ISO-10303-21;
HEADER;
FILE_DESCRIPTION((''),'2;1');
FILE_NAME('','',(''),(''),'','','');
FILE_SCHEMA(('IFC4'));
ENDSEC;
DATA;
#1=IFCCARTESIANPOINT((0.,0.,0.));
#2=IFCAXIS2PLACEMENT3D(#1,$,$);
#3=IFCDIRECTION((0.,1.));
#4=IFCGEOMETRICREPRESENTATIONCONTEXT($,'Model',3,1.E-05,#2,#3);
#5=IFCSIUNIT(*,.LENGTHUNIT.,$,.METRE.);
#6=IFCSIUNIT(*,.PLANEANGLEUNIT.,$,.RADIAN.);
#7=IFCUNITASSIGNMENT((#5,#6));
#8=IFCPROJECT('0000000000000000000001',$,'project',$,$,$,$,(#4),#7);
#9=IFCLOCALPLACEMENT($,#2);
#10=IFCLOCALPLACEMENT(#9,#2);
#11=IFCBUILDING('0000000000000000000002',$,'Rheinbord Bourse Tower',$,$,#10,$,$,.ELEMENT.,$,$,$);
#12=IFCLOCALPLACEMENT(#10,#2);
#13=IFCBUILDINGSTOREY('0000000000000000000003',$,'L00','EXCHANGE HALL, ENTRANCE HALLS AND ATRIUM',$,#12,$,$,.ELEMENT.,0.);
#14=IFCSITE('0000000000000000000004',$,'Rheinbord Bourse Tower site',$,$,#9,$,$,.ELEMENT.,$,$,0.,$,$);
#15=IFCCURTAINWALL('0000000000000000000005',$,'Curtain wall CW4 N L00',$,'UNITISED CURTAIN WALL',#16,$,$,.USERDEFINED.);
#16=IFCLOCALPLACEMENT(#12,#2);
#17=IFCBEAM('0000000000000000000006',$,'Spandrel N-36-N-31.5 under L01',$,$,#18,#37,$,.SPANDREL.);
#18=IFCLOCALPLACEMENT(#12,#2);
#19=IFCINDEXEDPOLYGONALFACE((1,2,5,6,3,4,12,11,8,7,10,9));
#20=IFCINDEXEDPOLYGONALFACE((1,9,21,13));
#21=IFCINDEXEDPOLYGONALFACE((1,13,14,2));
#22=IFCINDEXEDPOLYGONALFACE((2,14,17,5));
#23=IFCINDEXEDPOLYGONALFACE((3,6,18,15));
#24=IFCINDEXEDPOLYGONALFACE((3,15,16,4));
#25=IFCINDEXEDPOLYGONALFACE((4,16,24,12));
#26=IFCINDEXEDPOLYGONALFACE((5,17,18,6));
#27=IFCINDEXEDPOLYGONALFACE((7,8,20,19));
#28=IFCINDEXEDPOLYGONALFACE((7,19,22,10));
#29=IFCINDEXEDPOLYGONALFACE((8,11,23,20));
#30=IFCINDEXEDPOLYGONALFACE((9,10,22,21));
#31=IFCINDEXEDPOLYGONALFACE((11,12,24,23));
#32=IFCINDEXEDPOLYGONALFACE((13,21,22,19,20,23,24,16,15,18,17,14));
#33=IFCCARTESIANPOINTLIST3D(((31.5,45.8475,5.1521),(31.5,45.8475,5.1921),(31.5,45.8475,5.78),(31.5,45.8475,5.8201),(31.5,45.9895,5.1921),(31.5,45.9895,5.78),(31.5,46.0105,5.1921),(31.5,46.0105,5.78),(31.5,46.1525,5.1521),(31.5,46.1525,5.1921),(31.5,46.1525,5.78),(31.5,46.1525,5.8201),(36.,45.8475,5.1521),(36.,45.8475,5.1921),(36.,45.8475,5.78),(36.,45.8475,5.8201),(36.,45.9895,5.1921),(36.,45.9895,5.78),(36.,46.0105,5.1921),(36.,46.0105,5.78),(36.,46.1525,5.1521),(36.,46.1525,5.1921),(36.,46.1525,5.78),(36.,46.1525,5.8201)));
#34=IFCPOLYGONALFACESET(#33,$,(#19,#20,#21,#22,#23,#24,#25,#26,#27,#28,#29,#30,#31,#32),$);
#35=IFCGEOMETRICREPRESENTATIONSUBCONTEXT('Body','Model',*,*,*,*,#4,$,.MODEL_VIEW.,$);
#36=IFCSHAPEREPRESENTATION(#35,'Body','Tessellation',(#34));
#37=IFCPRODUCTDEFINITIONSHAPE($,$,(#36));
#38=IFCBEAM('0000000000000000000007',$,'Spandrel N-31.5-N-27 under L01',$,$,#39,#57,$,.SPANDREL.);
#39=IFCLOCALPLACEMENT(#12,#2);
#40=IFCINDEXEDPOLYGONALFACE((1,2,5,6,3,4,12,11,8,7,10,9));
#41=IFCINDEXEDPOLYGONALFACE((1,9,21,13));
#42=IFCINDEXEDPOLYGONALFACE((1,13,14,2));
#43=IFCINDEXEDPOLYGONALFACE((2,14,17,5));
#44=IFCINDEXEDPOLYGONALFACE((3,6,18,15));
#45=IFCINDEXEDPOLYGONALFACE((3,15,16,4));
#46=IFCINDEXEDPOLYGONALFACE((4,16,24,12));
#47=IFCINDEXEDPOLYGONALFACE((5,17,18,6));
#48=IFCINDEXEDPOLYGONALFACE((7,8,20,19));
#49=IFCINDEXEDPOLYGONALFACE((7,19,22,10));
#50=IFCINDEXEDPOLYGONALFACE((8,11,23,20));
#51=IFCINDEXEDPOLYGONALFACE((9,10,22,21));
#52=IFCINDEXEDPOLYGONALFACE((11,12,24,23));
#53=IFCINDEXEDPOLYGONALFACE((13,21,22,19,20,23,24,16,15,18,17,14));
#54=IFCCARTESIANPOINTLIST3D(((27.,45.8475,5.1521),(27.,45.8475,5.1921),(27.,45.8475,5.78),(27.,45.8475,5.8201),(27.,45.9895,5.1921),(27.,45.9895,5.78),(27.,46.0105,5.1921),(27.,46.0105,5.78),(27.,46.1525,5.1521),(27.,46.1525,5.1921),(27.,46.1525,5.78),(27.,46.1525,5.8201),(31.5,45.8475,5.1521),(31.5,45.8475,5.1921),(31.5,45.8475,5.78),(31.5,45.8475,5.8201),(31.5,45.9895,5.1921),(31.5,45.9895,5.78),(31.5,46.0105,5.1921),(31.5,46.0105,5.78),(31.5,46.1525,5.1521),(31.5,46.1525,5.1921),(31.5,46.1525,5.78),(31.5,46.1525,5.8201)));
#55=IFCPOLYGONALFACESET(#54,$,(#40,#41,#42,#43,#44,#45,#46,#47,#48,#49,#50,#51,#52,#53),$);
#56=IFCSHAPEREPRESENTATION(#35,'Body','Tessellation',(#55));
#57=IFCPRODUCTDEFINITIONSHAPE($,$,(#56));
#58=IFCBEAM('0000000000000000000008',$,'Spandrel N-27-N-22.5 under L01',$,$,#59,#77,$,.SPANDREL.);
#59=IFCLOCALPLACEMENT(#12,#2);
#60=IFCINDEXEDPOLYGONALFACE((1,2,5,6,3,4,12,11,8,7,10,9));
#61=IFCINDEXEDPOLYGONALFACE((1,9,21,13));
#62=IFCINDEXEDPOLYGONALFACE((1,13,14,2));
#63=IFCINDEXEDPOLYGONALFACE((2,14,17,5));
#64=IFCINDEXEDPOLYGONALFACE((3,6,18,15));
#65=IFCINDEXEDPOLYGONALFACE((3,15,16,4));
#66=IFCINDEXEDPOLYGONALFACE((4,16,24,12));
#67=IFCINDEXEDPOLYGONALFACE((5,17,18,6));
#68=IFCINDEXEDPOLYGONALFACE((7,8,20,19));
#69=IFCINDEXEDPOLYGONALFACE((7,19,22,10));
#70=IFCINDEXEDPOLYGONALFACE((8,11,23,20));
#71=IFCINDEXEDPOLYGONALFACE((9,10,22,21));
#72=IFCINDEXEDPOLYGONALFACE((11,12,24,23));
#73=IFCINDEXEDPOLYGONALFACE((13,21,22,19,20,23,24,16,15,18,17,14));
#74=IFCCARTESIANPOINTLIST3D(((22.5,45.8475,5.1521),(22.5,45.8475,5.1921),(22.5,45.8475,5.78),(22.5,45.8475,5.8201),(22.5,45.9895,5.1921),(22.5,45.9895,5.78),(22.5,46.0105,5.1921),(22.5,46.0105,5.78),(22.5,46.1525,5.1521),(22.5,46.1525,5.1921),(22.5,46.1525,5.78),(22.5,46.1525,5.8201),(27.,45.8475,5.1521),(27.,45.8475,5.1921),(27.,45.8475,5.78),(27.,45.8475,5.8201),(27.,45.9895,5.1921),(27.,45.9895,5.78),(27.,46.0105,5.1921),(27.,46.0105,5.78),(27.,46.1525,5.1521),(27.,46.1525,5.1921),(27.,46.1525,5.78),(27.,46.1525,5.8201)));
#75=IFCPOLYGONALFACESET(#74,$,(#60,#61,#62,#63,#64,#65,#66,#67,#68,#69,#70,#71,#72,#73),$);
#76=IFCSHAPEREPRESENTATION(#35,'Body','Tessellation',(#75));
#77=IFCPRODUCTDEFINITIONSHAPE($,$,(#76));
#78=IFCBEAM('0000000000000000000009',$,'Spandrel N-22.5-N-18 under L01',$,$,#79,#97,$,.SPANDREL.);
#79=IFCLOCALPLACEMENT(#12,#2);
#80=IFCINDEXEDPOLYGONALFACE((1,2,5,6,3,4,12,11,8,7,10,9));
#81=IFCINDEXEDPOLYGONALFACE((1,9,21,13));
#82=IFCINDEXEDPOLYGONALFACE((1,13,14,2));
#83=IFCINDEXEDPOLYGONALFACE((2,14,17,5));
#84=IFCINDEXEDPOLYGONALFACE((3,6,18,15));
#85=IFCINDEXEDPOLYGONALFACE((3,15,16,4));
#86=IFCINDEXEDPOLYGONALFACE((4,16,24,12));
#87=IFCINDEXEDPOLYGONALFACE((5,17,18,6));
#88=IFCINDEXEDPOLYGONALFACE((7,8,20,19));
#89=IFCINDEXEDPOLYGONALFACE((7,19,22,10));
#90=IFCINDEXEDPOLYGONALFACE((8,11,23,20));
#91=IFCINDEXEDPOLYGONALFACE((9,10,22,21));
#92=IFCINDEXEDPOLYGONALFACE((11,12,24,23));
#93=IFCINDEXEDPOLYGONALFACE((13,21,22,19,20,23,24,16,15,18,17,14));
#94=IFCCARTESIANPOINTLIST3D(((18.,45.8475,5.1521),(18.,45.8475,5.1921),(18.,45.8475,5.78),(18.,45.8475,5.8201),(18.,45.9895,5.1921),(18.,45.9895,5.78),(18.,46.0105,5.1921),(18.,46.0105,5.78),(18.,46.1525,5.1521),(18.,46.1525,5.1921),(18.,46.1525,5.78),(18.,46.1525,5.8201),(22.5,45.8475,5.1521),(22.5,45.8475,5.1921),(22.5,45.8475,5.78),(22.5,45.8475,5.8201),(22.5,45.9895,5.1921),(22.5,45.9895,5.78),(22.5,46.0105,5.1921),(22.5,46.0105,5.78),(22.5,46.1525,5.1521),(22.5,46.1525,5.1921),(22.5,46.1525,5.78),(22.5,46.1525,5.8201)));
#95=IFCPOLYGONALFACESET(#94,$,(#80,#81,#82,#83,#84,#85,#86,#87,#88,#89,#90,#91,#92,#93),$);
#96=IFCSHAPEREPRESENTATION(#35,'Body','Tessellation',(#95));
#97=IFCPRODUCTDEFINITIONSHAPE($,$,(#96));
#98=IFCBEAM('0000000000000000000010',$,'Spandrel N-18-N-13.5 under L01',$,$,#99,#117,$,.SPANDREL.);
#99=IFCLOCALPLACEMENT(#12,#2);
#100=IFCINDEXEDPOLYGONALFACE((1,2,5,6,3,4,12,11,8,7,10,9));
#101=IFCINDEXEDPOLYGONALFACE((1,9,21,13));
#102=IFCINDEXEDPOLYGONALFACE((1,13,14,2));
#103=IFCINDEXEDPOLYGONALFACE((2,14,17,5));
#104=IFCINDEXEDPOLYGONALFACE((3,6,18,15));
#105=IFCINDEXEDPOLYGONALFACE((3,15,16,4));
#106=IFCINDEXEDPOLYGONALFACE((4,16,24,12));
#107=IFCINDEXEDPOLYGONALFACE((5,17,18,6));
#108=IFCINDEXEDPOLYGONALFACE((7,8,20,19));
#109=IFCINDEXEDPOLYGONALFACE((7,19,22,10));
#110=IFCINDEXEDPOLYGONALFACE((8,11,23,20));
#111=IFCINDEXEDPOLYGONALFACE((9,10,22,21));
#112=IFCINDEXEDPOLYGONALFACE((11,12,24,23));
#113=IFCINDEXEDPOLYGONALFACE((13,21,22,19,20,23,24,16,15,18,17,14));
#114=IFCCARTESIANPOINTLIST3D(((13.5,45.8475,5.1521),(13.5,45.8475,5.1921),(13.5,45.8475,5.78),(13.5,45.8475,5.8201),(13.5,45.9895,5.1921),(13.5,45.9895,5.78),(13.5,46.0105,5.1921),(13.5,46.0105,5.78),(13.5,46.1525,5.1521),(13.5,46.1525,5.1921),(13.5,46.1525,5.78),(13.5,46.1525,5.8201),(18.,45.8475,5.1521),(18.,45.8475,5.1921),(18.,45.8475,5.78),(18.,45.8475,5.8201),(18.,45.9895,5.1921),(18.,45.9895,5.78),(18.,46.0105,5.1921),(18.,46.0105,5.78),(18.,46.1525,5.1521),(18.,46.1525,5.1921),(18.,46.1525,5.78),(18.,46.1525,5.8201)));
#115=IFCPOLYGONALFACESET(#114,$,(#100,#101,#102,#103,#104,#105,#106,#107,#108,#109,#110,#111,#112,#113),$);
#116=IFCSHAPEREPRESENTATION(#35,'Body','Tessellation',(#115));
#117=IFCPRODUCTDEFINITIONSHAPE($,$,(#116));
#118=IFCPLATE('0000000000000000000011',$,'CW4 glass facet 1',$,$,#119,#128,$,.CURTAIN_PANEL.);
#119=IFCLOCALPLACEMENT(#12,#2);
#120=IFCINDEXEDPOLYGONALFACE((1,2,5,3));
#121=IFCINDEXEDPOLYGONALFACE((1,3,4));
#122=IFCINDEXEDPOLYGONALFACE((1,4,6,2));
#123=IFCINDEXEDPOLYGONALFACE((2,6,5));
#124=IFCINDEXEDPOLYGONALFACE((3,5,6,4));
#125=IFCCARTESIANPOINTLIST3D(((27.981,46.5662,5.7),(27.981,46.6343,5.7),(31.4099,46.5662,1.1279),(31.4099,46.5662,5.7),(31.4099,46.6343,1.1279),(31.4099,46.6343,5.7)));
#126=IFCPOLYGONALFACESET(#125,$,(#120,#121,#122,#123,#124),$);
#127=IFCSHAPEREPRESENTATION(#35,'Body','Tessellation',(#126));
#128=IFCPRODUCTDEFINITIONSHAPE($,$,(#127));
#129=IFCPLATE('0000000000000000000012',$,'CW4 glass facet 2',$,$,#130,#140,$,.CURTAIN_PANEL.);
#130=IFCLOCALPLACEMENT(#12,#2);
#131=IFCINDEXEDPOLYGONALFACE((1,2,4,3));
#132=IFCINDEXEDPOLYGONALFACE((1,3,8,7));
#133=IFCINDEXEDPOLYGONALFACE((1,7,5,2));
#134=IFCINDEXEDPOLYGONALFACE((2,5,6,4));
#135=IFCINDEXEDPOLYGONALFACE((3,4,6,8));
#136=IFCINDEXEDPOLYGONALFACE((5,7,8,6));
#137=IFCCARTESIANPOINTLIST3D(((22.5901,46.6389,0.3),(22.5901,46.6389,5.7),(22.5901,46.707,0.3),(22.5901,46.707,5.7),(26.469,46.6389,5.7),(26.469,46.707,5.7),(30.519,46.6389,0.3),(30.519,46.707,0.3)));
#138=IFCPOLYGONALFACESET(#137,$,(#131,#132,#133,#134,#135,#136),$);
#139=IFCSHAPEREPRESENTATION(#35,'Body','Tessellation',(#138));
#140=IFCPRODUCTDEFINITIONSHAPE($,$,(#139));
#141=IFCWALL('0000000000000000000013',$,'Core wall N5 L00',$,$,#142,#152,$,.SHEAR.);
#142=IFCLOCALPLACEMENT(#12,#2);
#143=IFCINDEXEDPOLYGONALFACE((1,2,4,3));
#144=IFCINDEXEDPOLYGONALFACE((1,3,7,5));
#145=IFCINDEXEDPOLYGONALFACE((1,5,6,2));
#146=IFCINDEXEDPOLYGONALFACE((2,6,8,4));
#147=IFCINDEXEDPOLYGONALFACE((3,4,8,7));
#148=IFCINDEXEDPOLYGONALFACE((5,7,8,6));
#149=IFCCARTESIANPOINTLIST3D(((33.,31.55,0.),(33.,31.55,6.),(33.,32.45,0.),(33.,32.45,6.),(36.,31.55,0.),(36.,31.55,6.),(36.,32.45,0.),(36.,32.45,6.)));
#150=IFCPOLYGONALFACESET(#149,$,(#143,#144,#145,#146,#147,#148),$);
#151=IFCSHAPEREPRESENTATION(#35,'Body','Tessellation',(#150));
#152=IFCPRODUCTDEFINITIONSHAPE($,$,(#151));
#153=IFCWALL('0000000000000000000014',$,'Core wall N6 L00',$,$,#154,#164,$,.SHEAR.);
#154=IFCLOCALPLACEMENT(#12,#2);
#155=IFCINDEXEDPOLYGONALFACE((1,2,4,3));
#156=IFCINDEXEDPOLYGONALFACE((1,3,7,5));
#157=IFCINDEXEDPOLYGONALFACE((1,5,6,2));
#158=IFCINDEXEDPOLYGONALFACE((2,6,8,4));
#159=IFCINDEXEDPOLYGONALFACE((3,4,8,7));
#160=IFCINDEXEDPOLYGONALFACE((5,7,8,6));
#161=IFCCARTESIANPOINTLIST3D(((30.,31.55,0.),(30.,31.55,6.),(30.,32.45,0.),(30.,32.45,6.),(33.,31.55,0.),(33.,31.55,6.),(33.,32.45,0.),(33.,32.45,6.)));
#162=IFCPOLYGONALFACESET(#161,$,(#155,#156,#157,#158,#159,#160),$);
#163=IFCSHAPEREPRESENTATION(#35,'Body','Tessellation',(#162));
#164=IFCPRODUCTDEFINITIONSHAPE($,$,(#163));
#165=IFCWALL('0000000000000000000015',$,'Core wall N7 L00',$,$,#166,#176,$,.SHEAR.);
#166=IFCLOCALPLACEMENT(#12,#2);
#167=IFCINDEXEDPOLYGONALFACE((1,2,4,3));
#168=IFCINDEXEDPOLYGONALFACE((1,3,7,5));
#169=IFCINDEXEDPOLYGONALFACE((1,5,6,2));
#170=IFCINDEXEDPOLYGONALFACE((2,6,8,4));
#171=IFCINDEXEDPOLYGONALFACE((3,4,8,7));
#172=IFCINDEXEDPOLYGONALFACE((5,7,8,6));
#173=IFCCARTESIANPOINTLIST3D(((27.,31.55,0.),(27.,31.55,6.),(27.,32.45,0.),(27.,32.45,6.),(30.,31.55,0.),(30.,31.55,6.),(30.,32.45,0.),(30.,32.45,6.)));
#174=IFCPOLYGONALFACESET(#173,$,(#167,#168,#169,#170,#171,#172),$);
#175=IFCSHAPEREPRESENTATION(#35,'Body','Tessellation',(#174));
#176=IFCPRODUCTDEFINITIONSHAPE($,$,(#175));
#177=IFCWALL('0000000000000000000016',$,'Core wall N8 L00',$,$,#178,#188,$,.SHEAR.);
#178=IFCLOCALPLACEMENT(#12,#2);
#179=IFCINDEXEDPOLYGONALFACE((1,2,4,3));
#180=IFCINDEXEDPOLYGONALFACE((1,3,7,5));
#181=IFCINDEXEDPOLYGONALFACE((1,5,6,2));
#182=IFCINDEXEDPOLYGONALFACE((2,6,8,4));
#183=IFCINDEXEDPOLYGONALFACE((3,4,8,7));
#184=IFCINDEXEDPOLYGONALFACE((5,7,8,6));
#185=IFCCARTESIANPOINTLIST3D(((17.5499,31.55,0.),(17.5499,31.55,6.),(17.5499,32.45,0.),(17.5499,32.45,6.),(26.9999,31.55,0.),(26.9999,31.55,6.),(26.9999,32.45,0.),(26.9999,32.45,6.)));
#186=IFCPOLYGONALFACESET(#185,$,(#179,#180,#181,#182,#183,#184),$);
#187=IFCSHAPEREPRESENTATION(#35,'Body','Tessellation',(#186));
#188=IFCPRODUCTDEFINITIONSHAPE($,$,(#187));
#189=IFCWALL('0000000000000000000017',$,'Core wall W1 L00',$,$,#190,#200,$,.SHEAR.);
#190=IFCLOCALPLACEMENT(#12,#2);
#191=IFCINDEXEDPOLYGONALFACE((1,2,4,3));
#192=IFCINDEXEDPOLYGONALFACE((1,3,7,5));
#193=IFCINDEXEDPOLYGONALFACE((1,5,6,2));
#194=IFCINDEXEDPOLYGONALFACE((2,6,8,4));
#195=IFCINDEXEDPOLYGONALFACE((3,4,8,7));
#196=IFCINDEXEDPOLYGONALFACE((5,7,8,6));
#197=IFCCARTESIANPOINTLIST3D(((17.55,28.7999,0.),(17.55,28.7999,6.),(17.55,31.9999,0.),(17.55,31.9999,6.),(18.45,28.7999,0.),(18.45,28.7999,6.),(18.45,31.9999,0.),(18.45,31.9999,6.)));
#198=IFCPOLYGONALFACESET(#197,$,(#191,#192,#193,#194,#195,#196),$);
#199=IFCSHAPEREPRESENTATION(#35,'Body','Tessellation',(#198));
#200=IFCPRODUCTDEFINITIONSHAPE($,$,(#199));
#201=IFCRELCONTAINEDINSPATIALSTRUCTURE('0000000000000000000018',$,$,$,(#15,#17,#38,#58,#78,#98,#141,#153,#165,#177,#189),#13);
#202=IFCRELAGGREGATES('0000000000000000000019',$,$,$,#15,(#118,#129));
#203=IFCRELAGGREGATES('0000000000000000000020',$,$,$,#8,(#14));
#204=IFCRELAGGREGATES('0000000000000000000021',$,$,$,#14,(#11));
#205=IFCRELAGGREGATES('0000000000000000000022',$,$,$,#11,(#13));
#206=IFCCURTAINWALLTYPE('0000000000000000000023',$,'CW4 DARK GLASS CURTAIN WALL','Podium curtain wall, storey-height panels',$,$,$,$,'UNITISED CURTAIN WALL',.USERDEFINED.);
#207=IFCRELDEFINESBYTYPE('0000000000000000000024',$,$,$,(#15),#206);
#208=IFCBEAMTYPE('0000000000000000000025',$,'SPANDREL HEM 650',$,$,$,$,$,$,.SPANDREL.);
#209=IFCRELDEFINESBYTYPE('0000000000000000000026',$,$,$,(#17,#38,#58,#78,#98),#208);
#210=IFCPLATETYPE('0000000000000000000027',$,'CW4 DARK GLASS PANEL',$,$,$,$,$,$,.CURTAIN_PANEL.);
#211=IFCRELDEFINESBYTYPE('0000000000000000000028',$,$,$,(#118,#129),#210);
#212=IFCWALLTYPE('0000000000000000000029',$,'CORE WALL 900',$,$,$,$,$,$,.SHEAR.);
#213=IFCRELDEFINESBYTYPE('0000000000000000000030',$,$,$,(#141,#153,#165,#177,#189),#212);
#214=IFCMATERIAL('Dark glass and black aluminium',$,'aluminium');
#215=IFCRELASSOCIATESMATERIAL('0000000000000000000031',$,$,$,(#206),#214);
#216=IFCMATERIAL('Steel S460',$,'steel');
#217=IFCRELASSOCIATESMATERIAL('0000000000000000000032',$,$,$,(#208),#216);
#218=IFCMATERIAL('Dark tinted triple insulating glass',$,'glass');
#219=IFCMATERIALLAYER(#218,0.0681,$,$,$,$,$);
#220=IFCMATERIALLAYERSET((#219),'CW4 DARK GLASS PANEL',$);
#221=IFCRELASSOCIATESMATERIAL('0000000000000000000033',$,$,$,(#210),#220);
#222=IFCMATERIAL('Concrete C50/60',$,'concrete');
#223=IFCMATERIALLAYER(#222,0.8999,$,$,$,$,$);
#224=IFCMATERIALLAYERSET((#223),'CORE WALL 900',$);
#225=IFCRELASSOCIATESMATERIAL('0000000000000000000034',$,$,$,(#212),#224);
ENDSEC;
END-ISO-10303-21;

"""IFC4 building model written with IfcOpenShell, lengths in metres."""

from ifc_helpers import new_model, si_unit, direction, frame, frame_2d, origin, origin_2d, place, context, subcontext, project, spatial, polyline, rectangle, i_section, outline, extrude, material, layer, layer_set, material_profile, profile_set, type_object, element, aggregate, save


model = new_model("IFC4")

# Units and contexts
model_context = context("Model", 3, precision=1e-05, world=origin(), true_north=direction((0.0, 1.0)))
body_context = subcontext(model_context, "Body", "Model", "MODEL_VIEW")
ifc_project = project(units=[si_unit("LENGTHUNIT", "METRE"), si_unit("PLANEANGLEUNIT", "RADIAN")], contexts=[model_context])

# Site, building, storey
site_placement = place(None, origin())
site = spatial("IfcSite", under=ifc_project, at=site_placement, Name="Rheinbord Bourse Tower site", CompositionType="ELEMENT", RefElevation=0.0)
building_placement = place(site_placement, origin())
building = spatial("IfcBuilding", under=site, at=building_placement, Name="Rheinbord Bourse Tower", CompositionType="ELEMENT")
storey_placement = place(building_placement, origin())
storey = spatial("IfcBuildingStorey", under=building, at=storey_placement, Name="L00", Description="EXCHANGE HALL, ENTRANCE HALLS AND ATRIUM", CompositionType="ELEMENT", Elevation=0.0)

# Curtain wall
ifc_material_1 = material(Name="Dark glass and black aluminium", Category="aluminium")
curtain_wall_type = type_object("IfcCurtainWallType", Name="CW4 DARK GLASS CURTAIN WALL", Description="Podium curtain wall, storey-height panels", ElementType="UNITISED CURTAIN WALL", PredefinedType="USERDEFINED", material=ifc_material_1)
curtain_wall_placement = place(storey_placement, origin())
curtain_wall = element("IfcCurtainWall", 1, at=curtain_wall_placement, inside=storey, type_object=curtain_wall_type, Name="Curtain wall CW4 N L00", ObjectType="UNITISED CURTAIN WALL", PredefinedType="USERDEFINED")

# Beams
ifc_material_2 = material(Name="Steel S460", Category="steel")
ifc_material_profile_1 = material_profile(ifc_material_2, i_section(OverallWidth=0.3049, OverallDepth=0.668, WebThickness=0.021, FlangeThickness=0.04, at=origin_2d()), Name="HEM 650")
ifc_profile_set_1 = profile_set([ifc_material_profile_1], Name="Steel S460")
beam_type_1 = type_object("IfcBeamType", Name="SPANDREL HEM 650", PredefinedType="SPANDREL", material=ifc_profile_set_1)
for number, where, z_axis, x_axis, name in (
    (2, (36.0, 46.0, 5.4861), (-1.0, 0.0, 0.0), (0.0, -1.0, 0.0), "Spandrel N-36-N-31.5 under L01"),
    (3, (31.5, 46.0, 5.4861), (-1.0, 0.0, 0.0), (0.0, -1.0, 0.0), "Spandrel N-31.5-N-27 under L01"),
    (4, (27.0, 46.0, 5.4861), (-1.0, 0.0, 0.0), (0.0, -1.0, 0.0), "Spandrel N-27-N-22.5 under L01"),
    (5, (22.5, 46.0, 5.4861), (-1.0, 0.0, 0.0), (0.0, -1.0, 0.0), "Spandrel N-22.5-N-18 under L01"),
    (6, (18.0, 46.0, 5.4861), (-1.0, 0.0, 0.0), (0.0, -1.0, 0.0), "Spandrel N-18-N-13.5 under L01"),
):
    element("IfcBeam", number, at=place(storey_placement, frame(where, z_axis=z_axis, x_axis=x_axis)), inside=storey, type_object=beam_type_1, Name=name, PredefinedType="SPANDREL", context=body_context, shape_type="SweptSolid", body=[
        extrude(i_section(OverallWidth=0.3049, OverallDepth=0.668, WebThickness=0.021, FlangeThickness=0.04, at=origin_2d()), origin(), (0.0, 0.0, 1.0), 4.5),
    ])

# Plates
ifc_material_3 = material(Name="Dark tinted triple insulating glass", Category="glass")
ifc_layer_1 = layer(ifc_material_3, 0.0681)
ifc_layer_set_1 = layer_set([ifc_layer_1], Name="CW4 DARK GLASS PANEL")
plate_type = type_object("IfcPlateType", Name="CW4 DARK GLASS PANEL", PredefinedType="CURTAIN_PANEL", material=ifc_layer_set_1)
plate_1_placement = place(storey_placement, frame((31.4099, 46.6343, 5.7), z_axis=(0.0, -1.0, 0.0), x_axis=(-1.0, 0.0, 0.0)))
plate_1 = element("IfcPlate", 7, at=plate_1_placement, type_object=plate_type, Name="CW4 glass facet 1", PredefinedType="CURTAIN_PANEL", context=body_context, shape_type="SweptSolid", body=[
    extrude(outline(polyline([(0.0, 0.0), (3.429, 0.0), (0.0, 4.572), (0.0, 0.0)])), origin(), (0.0, 0.0, 1.0), 0.0681),
])
plate_2_placement = place(storey_placement, frame((22.5901, 46.707, 5.7), z_axis=(0.0, -1.0, 0.0), x_axis=(0.0, 0.0, -1.0)))
plate_2 = element("IfcPlate", 8, at=plate_2_placement, type_object=plate_type, Name="CW4 glass facet 2", PredefinedType="CURTAIN_PANEL", context=body_context, shape_type="SweptSolid", body=[
    extrude(outline(polyline([(0.0, 0.0), (5.3999, 0.0), (5.3999, 7.929), (0.0, 3.8789), (0.0, 0.0)])), origin(), (0.0, 0.0, 1.0), 0.0681),
])
aggregate(curtain_wall, [plate_1, plate_2])

# Walls
ifc_material_4 = material(Name="Concrete C50/60", Category="concrete")
ifc_layer_2 = layer(ifc_material_4, 0.8999)
ifc_layer_set_2 = layer_set([ifc_layer_2], Name="CORE WALL 900")
wall_type_1 = type_object("IfcWallType", Name="CORE WALL 900", PredefinedType="SHEAR", material=ifc_layer_set_2)
for number, where, z_axis, x_axis, name in (
    (9, (36.0, 32.0, 0.0), (0.0, 0.0, 1.0), (-1.0, 0.0, 0.0), "Core wall N5 L00"),
    (10, (33.0, 32.0, 0.0), (0.0, 0.0, 1.0), (-1.0, 0.0, 0.0), "Core wall N6 L00"),
    (11, (30.0, 32.0, 0.0), (0.0, 0.0, 1.0), (-1.0, 0.0, 0.0), "Core wall N7 L00"),
):
    element("IfcWall", number, at=place(storey_placement, frame(where, z_axis=z_axis, x_axis=x_axis)), inside=storey, type_object=wall_type_1, Name=name, PredefinedType="SHEAR", context=body_context, shape_type="SweptSolid", body=[
        extrude(rectangle(XDim=3.0, YDim=0.8999, at=frame_2d((1.5, 0.0))), origin(), (0.0, 0.0, 1.0), 6.0),
    ])
wall_1_placement = place(storey_placement, frame((27.0, 32.0, 0.0), z_axis=(0.0, 0.0, 1.0), x_axis=(-1.0, 0.0, 0.0)))
element("IfcWall", 12, at=wall_1_placement, inside=storey, type_object=wall_type_1, Name="Core wall N8 L00", PredefinedType="SHEAR", context=body_context, shape_type="SweptSolid", body=[
    extrude(rectangle(XDim=9.45, YDim=0.8999, at=frame_2d((4.7251, 0.0))), origin(), (0.0, 0.0, 1.0), 6.0),
])
wall_2_placement = place(storey_placement, frame((18.0, 32.0, 0.0), z_axis=(0.0, 0.0, 1.0), x_axis=(0.0, -1.0, 0.0)))
element("IfcWall", 13, at=wall_2_placement, inside=storey, type_object=wall_type_1, Name="Core wall W1 L00", PredefinedType="SHEAR", context=body_context, shape_type="SweptSolid", body=[
    extrude(rectangle(XDim=3.2, YDim=0.8999, at=frame_2d((1.6001, 0.0))), origin(), (0.0, 0.0, 1.0), 6.0),
])

save(model, "model.ifc")
